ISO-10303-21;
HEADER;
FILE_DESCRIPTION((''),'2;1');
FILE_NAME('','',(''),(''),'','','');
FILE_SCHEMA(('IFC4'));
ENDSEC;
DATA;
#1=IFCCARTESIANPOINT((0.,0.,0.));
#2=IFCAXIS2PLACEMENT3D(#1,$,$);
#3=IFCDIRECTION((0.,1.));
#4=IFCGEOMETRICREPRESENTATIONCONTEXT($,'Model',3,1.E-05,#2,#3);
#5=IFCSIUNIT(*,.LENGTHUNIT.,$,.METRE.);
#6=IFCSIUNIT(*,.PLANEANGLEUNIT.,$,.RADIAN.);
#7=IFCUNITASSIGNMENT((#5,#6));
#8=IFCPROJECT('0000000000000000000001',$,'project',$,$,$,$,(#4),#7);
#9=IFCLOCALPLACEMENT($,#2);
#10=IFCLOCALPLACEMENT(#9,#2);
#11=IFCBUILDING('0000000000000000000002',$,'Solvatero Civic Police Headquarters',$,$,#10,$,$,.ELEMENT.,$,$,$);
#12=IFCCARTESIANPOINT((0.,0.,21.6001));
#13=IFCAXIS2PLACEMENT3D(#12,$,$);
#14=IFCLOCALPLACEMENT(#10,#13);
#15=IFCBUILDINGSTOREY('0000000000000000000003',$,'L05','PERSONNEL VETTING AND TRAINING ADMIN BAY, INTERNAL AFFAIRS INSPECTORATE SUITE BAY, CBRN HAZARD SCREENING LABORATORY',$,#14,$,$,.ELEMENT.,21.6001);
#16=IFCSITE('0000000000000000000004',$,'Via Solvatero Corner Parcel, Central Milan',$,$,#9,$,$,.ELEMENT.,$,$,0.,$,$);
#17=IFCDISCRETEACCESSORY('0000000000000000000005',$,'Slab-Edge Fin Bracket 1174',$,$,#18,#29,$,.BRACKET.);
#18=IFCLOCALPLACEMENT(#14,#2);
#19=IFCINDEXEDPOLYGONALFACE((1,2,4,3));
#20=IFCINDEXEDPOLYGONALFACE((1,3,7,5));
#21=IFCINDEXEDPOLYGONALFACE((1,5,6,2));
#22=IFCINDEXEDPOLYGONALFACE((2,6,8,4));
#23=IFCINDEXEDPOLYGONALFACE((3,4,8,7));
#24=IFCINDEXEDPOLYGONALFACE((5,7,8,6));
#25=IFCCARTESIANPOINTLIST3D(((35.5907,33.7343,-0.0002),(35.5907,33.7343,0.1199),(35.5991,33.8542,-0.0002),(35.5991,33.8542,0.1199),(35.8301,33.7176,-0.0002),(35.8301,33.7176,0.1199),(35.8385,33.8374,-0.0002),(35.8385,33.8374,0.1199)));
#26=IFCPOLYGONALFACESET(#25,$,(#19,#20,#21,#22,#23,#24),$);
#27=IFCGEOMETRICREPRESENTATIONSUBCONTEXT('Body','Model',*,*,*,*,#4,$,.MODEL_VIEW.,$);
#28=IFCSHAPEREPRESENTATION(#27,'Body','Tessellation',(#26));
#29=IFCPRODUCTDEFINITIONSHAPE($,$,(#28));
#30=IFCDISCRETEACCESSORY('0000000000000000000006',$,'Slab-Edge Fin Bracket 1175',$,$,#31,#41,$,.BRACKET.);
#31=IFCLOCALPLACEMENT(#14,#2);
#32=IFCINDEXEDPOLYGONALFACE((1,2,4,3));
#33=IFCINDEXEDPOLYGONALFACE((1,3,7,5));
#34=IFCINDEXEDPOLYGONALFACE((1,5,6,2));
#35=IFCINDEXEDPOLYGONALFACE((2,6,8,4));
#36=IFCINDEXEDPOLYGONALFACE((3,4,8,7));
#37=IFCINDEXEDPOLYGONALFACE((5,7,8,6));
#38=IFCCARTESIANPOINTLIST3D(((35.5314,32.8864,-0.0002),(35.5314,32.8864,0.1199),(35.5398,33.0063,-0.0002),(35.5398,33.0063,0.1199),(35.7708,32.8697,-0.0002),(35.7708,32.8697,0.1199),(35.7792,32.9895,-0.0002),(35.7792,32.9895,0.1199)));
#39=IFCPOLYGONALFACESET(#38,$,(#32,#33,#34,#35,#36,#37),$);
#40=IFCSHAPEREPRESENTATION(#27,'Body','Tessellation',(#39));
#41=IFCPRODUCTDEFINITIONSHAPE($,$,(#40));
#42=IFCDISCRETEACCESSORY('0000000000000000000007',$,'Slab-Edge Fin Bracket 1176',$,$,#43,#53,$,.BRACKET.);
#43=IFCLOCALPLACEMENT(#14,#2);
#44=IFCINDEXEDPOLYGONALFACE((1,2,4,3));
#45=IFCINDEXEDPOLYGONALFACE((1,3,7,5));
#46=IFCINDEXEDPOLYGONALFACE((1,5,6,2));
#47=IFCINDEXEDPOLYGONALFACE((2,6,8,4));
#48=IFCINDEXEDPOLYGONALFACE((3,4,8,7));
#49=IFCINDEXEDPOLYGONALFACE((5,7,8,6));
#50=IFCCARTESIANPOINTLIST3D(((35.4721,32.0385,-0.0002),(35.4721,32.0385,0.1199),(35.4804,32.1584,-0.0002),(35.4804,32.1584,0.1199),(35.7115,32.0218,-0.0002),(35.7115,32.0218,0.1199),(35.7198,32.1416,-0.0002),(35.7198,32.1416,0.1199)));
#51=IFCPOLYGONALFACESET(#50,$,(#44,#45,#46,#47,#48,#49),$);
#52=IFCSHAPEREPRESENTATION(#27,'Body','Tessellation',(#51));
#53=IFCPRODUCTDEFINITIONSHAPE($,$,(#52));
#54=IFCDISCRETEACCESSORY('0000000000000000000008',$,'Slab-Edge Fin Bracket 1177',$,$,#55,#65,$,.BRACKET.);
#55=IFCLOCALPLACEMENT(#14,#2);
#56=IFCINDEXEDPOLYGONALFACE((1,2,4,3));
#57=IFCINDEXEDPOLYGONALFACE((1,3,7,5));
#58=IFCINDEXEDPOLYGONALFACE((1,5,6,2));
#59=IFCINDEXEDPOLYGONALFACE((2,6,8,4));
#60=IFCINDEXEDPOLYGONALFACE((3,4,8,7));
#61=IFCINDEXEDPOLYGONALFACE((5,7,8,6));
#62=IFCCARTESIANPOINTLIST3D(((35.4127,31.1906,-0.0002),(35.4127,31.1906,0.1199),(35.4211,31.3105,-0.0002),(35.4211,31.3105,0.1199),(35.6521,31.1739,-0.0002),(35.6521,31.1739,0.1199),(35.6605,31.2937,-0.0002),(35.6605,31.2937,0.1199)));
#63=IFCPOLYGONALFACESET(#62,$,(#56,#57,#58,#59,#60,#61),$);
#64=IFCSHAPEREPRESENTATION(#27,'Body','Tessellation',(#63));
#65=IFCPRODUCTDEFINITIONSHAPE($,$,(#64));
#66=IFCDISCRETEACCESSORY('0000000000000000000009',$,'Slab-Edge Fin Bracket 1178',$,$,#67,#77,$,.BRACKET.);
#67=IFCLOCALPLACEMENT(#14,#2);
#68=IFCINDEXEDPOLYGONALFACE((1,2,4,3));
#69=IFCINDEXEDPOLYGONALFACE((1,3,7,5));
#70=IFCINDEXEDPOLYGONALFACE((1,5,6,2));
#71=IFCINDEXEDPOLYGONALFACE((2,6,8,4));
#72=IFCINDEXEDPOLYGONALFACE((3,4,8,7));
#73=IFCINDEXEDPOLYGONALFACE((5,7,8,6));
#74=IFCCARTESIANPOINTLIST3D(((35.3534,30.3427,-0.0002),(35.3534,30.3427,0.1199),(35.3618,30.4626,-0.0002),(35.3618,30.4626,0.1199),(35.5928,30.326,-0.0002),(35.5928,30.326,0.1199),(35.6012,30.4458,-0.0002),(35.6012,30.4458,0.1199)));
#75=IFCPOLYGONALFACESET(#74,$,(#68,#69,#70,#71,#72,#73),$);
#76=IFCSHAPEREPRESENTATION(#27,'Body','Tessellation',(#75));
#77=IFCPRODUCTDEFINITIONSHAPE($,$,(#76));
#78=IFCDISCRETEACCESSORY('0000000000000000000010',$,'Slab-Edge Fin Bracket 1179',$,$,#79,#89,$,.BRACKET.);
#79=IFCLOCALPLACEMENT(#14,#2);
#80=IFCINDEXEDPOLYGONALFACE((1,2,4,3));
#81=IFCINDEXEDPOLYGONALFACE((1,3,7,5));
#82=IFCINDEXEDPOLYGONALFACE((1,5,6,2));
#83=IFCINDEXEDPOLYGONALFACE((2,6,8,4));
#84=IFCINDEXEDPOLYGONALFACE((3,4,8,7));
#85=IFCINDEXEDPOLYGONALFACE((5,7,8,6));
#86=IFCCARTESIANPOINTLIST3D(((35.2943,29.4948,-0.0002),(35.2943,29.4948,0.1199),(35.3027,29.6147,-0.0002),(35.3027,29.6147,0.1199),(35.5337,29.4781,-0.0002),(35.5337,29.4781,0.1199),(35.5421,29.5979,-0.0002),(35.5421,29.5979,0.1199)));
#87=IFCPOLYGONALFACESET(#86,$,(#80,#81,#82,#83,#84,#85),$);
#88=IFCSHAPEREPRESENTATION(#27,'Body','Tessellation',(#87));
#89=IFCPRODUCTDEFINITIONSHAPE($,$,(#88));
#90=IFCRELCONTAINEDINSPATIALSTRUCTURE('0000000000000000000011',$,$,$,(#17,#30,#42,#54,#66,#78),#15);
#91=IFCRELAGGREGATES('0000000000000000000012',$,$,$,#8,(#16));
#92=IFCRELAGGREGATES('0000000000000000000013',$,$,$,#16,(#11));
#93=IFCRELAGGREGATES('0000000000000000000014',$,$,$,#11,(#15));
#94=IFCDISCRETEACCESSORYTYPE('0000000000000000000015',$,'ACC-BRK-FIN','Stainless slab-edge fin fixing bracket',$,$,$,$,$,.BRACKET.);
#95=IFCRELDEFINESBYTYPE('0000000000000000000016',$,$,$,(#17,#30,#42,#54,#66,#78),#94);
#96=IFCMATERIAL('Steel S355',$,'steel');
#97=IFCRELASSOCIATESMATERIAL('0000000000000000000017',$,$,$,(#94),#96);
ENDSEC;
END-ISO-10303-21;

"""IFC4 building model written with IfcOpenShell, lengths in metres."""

from ifc_helpers import new_model, si_unit, direction, frame, origin, origin_2d, place, context, subcontext, project, spatial, rectangle, extrude, material, type_object, element, save


model = new_model("IFC4")

# Units and contexts
model_context = context("Model", 3, precision=1e-05, world=origin(), true_north=direction((0.0, 1.0)))
body_context = subcontext(model_context, "Body", "Model", "MODEL_VIEW")
ifc_project = project(units=[si_unit("LENGTHUNIT", "METRE"), si_unit("PLANEANGLEUNIT", "RADIAN")], contexts=[model_context])

# Site, building, storey
site_placement = place(None, origin())
site = spatial("IfcSite", under=ifc_project, at=site_placement, Name="Via Solvatero Corner Parcel, Central Milan", CompositionType="ELEMENT", RefElevation=0.0)
building_placement = place(site_placement, origin())
building = spatial("IfcBuilding", under=site, at=building_placement, Name="Solvatero Civic Police Headquarters", CompositionType="ELEMENT")
storey_placement = place(building_placement, frame((0.0, 0.0, 21.6001)))
storey = spatial("IfcBuildingStorey", under=building, at=storey_placement, Name="L05", Description="PERSONNEL VETTING AND TRAINING ADMIN BAY, INTERNAL AFFAIRS INSPECTORATE SUITE BAY, CBRN HAZARD SCREENING LABORATORY", CompositionType="ELEMENT", Elevation=21.6001)

# Discrete accessories
ifc_material_1 = material(Name="Steel S355", Category="steel")
discrete_accessory_type = type_object("IfcDiscreteAccessoryType", Name="ACC-BRK-FIN", Description="Stainless slab-edge fin fixing bracket", PredefinedType="BRACKET", material=ifc_material_1)
for number, where, z_axis, x_axis, name in (
    (1, (35.7146, 33.7859, -0.0002), (0.0, 0.0, 1.0), (-0.069739, -0.997565, 0.0), "Slab-Edge Fin Bracket 1174"),
    (2, (35.6553, 32.938, -0.0002), (0.0, 0.0, 1.0), (-0.069739, -0.997565, 0.0), "Slab-Edge Fin Bracket 1175"),
    (3, (35.5959, 32.0901, -0.0002), (0.0, 0.0, 1.0), (-0.069739, -0.997565, 0.0), "Slab-Edge Fin Bracket 1176"),
    (4, (35.5366, 31.2422, -0.0002), (0.0, 0.0, 1.0), (-0.069739, -0.997565, 0.0), "Slab-Edge Fin Bracket 1177"),
    (5, (35.4773, 30.3943, -0.0002), (0.0, 0.0, 1.0), (-0.069739, -0.997565, 0.0), "Slab-Edge Fin Bracket 1178"),
    (6, (35.4182, 29.5464, -0.0002), (0.0, 0.0, 1.0), (-0.069739, -0.997565, 0.0), "Slab-Edge Fin Bracket 1179"),
):
    element("IfcDiscreteAccessory", number, at=place(storey_placement, frame(where, z_axis=z_axis, x_axis=x_axis)), inside=storey, type_object=discrete_accessory_type, Name=name, PredefinedType="BRACKET", context=body_context, shape_type="SweptSolid", body=[
        extrude(rectangle(XDim=0.1201, YDim=0.24, at=origin_2d()), origin(), (0.0, 0.0, 1.0), 0.1201),
    ])

save(model, "model.ifc")
